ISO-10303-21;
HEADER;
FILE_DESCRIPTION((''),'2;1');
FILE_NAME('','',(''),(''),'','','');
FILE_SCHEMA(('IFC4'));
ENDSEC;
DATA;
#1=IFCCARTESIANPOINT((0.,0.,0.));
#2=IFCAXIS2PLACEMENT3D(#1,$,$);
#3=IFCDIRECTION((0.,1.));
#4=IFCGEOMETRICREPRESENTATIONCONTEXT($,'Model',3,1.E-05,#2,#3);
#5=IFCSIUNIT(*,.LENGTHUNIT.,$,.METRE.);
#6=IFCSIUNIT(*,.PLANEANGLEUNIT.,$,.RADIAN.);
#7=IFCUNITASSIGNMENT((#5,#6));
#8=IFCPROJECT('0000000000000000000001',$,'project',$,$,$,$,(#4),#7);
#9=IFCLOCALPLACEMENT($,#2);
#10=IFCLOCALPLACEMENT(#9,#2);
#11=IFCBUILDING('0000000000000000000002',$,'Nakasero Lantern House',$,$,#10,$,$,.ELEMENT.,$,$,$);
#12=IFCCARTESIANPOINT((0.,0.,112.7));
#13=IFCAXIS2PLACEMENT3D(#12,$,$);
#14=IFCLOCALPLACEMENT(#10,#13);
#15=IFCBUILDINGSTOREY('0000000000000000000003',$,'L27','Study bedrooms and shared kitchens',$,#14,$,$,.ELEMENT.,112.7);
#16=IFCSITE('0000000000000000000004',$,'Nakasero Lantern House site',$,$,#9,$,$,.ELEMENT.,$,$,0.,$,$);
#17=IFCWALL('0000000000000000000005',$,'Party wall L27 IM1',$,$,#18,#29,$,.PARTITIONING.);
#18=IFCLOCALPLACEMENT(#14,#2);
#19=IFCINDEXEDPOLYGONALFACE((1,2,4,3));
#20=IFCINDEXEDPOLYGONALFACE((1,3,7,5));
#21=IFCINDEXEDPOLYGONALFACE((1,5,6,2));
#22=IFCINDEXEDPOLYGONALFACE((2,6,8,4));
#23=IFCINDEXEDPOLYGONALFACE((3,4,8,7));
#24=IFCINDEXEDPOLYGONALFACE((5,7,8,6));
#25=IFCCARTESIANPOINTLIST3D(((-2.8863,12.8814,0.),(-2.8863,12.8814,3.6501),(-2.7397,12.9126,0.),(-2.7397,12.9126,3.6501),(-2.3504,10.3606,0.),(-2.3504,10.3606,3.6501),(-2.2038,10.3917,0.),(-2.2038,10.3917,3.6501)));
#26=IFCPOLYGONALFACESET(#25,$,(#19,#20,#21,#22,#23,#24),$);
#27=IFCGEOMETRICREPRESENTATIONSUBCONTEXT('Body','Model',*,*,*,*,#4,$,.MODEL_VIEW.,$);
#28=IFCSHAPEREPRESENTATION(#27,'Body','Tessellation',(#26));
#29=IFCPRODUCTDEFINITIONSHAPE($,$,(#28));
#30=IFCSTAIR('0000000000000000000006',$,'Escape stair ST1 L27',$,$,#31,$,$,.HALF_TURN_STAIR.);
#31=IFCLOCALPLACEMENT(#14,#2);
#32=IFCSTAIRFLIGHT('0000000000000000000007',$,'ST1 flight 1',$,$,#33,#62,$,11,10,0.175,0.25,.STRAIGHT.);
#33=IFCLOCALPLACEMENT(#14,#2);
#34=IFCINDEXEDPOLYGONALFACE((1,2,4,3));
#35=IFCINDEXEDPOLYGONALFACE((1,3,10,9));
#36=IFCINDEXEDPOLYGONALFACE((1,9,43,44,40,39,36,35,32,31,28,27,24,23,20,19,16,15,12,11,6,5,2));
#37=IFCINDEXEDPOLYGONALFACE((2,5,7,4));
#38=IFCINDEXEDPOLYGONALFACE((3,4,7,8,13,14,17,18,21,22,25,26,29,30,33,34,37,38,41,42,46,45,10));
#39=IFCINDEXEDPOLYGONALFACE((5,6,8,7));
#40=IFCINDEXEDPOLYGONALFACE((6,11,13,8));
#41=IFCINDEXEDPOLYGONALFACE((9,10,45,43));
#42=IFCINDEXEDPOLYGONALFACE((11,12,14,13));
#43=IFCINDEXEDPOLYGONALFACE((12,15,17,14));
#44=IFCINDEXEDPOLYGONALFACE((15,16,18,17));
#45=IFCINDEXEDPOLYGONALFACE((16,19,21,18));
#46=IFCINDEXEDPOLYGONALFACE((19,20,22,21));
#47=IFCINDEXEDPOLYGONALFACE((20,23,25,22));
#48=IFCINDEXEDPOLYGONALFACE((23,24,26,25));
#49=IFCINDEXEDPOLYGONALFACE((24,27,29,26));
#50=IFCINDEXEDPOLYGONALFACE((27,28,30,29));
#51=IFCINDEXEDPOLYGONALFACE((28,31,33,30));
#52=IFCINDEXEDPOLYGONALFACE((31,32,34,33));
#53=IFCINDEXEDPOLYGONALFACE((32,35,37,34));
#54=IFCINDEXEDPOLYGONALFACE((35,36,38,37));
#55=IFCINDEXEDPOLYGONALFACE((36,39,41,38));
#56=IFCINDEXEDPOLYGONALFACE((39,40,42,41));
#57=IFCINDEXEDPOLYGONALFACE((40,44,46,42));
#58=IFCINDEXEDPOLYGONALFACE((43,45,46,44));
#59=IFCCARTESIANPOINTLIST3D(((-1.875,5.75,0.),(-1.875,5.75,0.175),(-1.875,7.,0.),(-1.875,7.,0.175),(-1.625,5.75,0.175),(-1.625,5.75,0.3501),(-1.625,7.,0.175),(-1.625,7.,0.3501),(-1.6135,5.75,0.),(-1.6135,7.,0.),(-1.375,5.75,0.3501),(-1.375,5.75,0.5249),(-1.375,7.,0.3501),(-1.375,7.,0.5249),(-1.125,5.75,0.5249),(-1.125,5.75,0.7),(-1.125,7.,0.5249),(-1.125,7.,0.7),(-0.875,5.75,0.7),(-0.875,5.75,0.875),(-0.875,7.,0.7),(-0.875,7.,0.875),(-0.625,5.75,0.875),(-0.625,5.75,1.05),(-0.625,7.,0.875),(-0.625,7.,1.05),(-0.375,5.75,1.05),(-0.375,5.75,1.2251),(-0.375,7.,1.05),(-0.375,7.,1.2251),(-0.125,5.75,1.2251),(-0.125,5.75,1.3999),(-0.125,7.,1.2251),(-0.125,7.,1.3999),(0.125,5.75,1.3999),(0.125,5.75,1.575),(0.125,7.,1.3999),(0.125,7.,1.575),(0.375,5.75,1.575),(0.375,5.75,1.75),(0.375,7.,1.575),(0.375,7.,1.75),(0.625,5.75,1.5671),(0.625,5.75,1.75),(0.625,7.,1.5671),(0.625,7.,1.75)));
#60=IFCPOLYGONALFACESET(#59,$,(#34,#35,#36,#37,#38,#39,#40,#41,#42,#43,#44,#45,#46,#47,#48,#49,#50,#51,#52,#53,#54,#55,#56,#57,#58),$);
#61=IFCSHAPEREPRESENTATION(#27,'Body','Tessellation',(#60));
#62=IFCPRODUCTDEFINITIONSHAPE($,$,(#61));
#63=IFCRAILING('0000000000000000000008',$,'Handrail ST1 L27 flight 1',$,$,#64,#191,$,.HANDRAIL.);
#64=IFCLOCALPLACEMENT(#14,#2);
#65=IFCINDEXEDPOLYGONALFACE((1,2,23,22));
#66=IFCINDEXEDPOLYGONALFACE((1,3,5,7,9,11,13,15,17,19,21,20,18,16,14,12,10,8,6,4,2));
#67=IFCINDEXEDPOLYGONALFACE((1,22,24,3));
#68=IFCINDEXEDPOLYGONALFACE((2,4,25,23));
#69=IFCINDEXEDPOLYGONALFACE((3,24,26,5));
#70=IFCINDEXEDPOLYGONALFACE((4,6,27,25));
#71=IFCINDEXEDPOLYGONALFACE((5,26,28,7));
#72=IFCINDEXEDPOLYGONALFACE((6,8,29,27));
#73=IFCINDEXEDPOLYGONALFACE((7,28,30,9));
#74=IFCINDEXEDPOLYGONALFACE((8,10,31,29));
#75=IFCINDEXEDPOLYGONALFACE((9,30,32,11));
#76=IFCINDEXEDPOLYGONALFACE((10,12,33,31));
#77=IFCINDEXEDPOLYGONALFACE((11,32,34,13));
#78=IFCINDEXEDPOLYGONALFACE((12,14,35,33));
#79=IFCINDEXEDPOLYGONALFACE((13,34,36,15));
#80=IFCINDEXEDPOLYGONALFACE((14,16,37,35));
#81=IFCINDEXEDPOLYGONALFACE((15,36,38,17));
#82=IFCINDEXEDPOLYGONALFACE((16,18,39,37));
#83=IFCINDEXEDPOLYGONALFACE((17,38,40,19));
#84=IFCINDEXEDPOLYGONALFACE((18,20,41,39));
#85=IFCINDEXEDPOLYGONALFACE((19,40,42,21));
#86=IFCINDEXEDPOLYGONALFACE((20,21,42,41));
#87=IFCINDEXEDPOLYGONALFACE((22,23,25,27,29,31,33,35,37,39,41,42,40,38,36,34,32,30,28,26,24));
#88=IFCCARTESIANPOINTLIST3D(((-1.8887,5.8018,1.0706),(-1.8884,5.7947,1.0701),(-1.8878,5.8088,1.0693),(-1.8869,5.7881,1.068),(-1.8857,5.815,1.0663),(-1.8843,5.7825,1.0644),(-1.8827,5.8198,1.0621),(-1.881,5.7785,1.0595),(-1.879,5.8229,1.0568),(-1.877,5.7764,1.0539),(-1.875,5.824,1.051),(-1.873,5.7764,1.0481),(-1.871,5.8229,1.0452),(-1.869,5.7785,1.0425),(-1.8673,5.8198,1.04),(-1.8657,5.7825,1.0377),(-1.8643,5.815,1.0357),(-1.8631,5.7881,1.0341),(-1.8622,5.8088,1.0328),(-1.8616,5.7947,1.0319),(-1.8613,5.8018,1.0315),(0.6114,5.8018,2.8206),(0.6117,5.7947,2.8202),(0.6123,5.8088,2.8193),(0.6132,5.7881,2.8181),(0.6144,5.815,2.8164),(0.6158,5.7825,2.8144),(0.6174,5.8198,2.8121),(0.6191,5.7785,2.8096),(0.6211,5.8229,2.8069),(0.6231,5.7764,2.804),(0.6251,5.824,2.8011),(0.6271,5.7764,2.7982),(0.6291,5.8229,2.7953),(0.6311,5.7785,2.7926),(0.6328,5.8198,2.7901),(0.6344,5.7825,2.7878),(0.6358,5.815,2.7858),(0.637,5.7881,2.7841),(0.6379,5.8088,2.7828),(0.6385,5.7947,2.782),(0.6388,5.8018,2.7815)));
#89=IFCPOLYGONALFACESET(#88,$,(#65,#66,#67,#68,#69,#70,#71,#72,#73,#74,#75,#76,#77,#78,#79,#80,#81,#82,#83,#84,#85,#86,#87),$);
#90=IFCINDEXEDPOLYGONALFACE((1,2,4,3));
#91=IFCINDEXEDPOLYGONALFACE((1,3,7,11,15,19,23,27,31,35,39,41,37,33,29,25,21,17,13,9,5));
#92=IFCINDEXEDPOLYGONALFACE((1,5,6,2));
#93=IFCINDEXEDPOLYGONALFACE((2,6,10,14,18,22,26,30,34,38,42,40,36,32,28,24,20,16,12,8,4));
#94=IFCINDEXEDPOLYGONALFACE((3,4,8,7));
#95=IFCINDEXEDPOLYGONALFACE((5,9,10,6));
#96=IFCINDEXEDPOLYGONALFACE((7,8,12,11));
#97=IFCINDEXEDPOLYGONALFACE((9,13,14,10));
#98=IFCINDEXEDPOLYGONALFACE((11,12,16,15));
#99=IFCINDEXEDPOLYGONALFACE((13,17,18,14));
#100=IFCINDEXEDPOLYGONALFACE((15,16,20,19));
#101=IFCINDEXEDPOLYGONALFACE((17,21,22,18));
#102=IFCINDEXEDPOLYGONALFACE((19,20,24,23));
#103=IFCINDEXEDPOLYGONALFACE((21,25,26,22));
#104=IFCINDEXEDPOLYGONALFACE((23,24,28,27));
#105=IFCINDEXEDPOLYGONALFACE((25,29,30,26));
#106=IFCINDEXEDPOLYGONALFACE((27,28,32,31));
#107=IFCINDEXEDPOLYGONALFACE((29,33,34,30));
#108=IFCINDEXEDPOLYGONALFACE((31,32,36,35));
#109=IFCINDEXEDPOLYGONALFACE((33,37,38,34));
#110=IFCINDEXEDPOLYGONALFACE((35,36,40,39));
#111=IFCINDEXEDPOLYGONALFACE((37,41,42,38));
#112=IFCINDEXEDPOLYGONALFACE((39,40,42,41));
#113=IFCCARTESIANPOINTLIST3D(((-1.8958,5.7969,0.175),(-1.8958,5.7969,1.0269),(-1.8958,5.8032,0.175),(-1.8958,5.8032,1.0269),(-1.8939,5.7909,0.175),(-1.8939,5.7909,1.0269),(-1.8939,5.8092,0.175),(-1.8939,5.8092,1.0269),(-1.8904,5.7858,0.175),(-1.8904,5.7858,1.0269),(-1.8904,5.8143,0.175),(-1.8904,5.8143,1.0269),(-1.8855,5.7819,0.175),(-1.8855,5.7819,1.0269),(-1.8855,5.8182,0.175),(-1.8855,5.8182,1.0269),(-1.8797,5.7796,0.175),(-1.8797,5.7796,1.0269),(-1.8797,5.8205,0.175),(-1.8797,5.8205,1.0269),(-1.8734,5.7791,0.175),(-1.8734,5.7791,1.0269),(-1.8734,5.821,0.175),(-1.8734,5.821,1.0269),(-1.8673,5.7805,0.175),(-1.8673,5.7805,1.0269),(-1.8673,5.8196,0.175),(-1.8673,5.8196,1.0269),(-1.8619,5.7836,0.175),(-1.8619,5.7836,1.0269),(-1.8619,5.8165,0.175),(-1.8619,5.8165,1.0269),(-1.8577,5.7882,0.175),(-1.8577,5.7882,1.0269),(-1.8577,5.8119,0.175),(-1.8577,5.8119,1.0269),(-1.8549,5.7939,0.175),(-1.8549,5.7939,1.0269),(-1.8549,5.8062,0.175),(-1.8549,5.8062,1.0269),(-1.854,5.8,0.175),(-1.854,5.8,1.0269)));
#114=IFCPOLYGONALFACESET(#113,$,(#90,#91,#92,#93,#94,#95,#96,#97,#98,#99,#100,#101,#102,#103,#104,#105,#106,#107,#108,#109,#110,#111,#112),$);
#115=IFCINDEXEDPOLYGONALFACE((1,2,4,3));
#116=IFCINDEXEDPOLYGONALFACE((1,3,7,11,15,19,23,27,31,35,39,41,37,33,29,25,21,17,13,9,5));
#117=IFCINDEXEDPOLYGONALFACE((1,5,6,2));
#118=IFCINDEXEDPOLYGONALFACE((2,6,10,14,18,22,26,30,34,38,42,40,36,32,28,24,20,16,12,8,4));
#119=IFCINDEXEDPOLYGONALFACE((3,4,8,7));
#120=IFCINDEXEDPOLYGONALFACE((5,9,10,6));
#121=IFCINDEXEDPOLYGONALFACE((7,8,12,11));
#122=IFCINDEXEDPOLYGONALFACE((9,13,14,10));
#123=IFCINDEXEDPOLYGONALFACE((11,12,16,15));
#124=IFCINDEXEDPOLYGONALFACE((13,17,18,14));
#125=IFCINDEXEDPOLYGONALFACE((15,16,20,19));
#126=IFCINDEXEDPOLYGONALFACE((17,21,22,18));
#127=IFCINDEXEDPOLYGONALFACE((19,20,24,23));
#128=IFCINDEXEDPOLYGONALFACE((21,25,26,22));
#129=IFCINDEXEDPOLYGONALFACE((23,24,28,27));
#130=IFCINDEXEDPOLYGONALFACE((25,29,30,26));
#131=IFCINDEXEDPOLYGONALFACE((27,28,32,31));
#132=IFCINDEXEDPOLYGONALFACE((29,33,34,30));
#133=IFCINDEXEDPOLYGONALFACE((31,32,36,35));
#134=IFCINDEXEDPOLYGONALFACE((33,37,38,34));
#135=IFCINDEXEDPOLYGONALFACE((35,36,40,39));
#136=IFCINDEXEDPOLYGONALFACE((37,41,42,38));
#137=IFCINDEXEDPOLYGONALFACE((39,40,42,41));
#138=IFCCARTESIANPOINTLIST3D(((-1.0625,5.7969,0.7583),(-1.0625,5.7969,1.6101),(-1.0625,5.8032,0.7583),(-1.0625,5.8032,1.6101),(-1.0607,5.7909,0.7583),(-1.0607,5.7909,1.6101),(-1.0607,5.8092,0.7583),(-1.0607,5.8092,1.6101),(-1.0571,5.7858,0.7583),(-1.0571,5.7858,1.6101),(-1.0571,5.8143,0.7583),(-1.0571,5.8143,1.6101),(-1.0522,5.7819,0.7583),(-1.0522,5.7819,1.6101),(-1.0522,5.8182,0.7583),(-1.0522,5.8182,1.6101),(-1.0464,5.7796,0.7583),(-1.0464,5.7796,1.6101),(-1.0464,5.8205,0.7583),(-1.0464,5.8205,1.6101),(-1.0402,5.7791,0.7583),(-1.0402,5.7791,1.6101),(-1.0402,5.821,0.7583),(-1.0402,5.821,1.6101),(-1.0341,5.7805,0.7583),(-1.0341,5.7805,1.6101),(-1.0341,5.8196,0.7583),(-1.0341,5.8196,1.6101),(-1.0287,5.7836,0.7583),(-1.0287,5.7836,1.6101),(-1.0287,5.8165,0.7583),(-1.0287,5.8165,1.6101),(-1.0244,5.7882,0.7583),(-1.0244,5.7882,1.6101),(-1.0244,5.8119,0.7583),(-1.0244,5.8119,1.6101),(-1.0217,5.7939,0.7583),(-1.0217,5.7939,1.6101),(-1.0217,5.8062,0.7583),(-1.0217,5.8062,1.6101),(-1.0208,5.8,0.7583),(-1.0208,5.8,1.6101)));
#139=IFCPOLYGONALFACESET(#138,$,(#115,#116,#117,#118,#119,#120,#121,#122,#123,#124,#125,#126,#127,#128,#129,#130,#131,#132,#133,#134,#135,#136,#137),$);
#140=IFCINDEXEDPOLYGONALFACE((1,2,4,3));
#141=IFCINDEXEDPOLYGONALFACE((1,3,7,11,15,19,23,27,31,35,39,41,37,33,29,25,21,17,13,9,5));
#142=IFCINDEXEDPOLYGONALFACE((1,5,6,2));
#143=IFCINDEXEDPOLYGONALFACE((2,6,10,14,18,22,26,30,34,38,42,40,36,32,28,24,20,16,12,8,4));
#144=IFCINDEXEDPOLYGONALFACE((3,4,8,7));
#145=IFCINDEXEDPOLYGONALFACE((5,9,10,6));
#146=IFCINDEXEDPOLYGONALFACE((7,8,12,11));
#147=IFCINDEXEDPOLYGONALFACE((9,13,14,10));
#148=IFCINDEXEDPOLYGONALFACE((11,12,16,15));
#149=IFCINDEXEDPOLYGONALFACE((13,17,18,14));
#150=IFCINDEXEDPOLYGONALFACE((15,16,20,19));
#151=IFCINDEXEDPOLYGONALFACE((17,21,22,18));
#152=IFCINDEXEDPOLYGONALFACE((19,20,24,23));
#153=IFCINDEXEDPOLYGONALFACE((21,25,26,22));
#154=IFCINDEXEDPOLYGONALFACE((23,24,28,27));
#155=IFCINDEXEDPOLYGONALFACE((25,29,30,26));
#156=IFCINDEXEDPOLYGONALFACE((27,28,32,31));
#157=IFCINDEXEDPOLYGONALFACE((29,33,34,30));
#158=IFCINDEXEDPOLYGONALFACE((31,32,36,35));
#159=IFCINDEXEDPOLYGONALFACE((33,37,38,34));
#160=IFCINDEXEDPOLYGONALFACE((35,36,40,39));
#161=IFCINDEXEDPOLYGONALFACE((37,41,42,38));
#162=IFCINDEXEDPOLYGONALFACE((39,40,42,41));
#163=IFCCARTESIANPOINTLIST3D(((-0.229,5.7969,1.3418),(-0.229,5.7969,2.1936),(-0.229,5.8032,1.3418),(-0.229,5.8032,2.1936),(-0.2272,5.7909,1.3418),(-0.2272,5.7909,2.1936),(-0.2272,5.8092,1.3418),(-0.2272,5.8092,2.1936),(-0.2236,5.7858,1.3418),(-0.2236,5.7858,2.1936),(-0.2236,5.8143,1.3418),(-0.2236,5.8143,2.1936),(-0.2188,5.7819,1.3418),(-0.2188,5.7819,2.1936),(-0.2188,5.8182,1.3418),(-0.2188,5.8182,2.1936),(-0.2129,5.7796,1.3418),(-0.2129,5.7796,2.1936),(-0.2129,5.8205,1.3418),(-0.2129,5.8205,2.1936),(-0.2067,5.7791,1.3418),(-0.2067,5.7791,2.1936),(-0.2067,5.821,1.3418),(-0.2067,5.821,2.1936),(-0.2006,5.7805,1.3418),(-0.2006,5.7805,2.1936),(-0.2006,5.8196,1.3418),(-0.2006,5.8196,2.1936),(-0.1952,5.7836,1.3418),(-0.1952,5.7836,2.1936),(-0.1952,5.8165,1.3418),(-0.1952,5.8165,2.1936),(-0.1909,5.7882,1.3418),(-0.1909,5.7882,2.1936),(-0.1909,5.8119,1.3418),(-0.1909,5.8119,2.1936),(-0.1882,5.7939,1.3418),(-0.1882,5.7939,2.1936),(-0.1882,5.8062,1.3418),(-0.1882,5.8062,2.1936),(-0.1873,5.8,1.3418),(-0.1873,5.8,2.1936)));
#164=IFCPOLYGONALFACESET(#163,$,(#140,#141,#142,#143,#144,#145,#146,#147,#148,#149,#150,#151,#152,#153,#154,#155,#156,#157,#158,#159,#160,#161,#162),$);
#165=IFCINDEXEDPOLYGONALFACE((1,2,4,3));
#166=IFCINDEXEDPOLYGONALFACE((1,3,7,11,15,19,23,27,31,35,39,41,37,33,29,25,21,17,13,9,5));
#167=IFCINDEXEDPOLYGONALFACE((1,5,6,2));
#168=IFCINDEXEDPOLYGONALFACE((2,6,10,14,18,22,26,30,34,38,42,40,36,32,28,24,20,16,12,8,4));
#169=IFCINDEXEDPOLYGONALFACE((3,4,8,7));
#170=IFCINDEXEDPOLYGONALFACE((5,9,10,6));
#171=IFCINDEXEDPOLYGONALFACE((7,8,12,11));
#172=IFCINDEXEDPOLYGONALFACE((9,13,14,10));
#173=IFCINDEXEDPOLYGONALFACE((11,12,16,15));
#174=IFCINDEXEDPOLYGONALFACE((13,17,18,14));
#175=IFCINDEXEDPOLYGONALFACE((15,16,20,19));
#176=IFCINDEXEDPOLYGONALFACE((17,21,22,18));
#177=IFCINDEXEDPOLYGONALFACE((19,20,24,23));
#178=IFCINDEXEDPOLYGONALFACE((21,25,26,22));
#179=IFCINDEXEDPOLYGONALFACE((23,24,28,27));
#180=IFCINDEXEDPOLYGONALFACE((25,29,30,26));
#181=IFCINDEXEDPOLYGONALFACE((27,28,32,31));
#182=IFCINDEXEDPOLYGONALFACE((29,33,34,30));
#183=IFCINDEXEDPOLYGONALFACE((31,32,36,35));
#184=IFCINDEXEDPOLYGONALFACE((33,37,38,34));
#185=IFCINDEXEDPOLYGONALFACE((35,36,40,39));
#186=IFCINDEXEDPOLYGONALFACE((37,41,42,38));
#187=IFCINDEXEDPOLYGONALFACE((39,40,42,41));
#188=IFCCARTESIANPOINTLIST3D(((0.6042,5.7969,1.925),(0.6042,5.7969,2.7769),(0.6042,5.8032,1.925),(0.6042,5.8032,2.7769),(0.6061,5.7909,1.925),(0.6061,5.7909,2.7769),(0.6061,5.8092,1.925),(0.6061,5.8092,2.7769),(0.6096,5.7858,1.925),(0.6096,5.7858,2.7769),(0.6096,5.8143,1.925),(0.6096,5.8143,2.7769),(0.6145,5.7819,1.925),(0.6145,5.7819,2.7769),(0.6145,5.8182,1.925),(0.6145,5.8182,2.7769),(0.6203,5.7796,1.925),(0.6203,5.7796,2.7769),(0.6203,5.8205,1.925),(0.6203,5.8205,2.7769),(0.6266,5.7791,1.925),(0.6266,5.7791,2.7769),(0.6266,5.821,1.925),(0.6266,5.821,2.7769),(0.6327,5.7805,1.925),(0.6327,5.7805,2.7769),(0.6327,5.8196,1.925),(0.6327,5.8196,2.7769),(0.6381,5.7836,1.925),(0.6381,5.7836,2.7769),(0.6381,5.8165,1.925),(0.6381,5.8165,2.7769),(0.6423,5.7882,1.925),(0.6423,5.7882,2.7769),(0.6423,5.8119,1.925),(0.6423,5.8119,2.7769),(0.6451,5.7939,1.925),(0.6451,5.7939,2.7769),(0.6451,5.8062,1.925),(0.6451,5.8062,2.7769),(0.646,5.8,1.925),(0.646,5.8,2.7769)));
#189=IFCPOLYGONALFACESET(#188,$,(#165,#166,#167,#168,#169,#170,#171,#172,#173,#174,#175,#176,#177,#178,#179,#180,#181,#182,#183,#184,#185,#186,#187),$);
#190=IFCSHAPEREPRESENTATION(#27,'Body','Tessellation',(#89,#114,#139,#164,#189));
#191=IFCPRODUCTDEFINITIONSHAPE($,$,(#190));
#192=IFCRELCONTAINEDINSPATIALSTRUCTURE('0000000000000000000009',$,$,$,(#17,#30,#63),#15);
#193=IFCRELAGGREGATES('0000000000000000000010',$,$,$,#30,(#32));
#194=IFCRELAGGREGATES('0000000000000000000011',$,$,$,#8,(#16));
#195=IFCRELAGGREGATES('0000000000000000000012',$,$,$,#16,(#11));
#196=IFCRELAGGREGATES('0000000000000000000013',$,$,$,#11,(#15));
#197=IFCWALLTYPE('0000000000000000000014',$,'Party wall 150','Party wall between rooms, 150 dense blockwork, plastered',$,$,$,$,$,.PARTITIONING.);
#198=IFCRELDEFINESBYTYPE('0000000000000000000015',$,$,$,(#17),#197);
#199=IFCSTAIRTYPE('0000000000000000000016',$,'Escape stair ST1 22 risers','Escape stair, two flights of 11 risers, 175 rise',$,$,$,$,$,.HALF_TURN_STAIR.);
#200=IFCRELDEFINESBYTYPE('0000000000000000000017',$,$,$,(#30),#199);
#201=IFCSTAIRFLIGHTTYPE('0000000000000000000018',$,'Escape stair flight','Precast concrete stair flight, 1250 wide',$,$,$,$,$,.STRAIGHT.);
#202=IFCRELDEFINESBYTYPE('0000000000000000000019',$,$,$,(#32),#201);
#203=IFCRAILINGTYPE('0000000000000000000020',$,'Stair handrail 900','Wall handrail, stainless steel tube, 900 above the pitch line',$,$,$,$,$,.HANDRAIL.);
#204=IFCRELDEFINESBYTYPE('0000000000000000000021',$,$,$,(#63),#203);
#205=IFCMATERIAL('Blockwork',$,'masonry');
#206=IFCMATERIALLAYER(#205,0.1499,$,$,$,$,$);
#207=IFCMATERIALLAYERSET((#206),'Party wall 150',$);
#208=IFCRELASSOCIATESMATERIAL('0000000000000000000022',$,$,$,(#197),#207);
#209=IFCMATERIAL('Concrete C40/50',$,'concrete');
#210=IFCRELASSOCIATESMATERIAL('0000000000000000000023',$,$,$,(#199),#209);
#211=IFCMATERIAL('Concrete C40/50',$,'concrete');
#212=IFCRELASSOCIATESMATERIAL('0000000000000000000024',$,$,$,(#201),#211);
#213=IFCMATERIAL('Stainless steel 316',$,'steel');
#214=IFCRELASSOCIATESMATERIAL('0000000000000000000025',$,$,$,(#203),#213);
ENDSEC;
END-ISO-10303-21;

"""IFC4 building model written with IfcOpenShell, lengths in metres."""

from ifc_helpers import new_model, si_unit, direction, frame, frame_2d, origin, origin_2d, place, context, subcontext, project, spatial, polyline, rectangle, circle, outline, extrude, material, layer, layer_set, type_object, element, aggregate, save


model = new_model("IFC4")

# Units and contexts
model_context = context("Model", 3, precision=1e-05, world=origin(), true_north=direction((0.0, 1.0)))
body_context = subcontext(model_context, "Body", "Model", "MODEL_VIEW")
ifc_project = project(units=[si_unit("LENGTHUNIT", "METRE"), si_unit("PLANEANGLEUNIT", "RADIAN")], contexts=[model_context])

# Site, building, storey
site_placement = place(None, origin())
site = spatial("IfcSite", under=ifc_project, at=site_placement, Name="Nakasero Lantern House site", CompositionType="ELEMENT", RefElevation=0.0)
building_placement = place(site_placement, origin())
building = spatial("IfcBuilding", under=site, at=building_placement, Name="Nakasero Lantern House", CompositionType="ELEMENT")
storey_placement = place(building_placement, frame((0.0, 0.0, 112.7)))
storey = spatial("IfcBuildingStorey", under=building, at=storey_placement, Name="L27", Description="Study bedrooms and shared kitchens", CompositionType="ELEMENT", Elevation=112.7)

# Wall
ifc_material_1 = material(Name="Blockwork", Category="masonry")
ifc_layer_1 = layer(ifc_material_1, 0.1499)
ifc_layer_set_1 = layer_set([ifc_layer_1], Name="Party wall 150")
wall_type_1 = type_object("IfcWallType", Name="Party wall 150", Description="Party wall between rooms, 150 dense blockwork, plastered", PredefinedType="PARTITIONING", material=ifc_layer_set_1)
wall_1_placement = place(storey_placement, frame((-2.813, 12.897, 0.0), z_axis=(0.0, 0.0, 1.0), x_axis=(0.207944, -0.978141, 0.0)))
element("IfcWall", 1, at=wall_1_placement, inside=storey, type_object=wall_type_1, Name="Party wall L27 IM1", PredefinedType="PARTITIONING", context=body_context, shape_type="SweptSolid", body=[
    extrude(rectangle(XDim=2.5771, YDim=0.1499, at=frame_2d((1.2886, 0.0))), origin(), (0.0, 0.0, 1.0), 3.6501),
])

# Stair, stair flight
ifc_material_2 = material(Name="Concrete C40/50", Category="concrete")
stair_type = type_object("IfcStairType", Name="Escape stair ST1 22 risers", Description="Escape stair, two flights of 11 risers, 175 rise", PredefinedType="HALF_TURN_STAIR", material=ifc_material_2)
stair_placement = place(storey_placement, origin())
stair = element("IfcStair", 2, at=stair_placement, inside=storey, type_object=stair_type, Name="Escape stair ST1 L27", PredefinedType="HALF_TURN_STAIR")
ifc_material_3 = material(Name="Concrete C40/50", Category="concrete")
stair_flight_type = type_object("IfcStairFlightType", Name="Escape stair flight", Description="Precast concrete stair flight, 1250 wide", PredefinedType="STRAIGHT", material=ifc_material_3)
stair_flight_placement = place(storey_placement, frame((-1.875, 6.375, 0.0), z_axis=(0.0, 0.0, 1.0), x_axis=(1.0, 0.0, 0.0)))
stair_flight = element("IfcStairFlight", 3, at=stair_flight_placement, type_object=stair_flight_type, Name="ST1 flight 1", NumberOfRisers=11, NumberOfTreads=10, PredefinedType="STRAIGHT", RiserHeight=0.175, TreadLength=0.25, context=body_context, shape_type="SweptSolid", body=[
    extrude(outline(polyline([(0.0, 0.0), (0.0, 0.175), (0.25, 0.175), (0.25, 0.3501), (0.5, 0.3501), (0.5, 0.5249), (0.75, 0.5249), (0.75, 0.7), (1.0, 0.7), (1.0, 0.875), (1.25, 0.875), (1.25, 1.05), (1.5, 1.05), (1.5, 1.2251), (1.75, 1.2251), (1.75, 1.3999), (2.0, 1.3999), (2.0, 1.575), (2.25, 1.575), (2.25, 1.75), (2.5, 1.75), (2.5, 1.925), (2.5, 1.5671), (0.2615, 0.0), (0.0, 0.0)])), frame((0.0, 0.625, 0.0), z_axis=(0.0, -1.0, 0.0), x_axis=(1.0, 0.0, 0.0)), (0.0, 0.0, 1.0), 1.25),
])
aggregate(stair, [stair_flight])

# Railing
ifc_material_4 = material(Name="Stainless steel 316", Category="steel")
railing_type = type_object("IfcRailingType", Name="Stair handrail 900", Description="Wall handrail, stainless steel tube, 900 above the pitch line", PredefinedType="HANDRAIL", material=ifc_material_4)
railing_placement = place(storey_placement, frame((-1.875, 5.8, 0.175)))
element("IfcRailing", 4, at=railing_placement, inside=storey, type_object=railing_type, Name="Handrail ST1 L27 flight 1", PredefinedType="HANDRAIL", context=body_context, shape_type="SweptSolid", body=[
    extrude(circle(Radius=0.0239, at=origin_2d()), frame((0.0, 0.0, 0.876), z_axis=(0.819232, 0.0, 0.573462), x_axis=(0.0, 1.0, 0.0)), (0.0, 0.0, 1.0), 3.0518),
    extrude(circle(Radius=0.021, at=origin_2d()), origin(), (0.0, 0.0, 1.0), 0.8518),
    extrude(circle(Radius=0.021, at=origin_2d()), frame((0.8333, 0.0, 0.5833)), (0.0, 0.0, 1.0), 0.8518),
    extrude(circle(Radius=0.021, at=origin_2d()), frame((1.6667, 0.0, 1.1667)), (0.0, 0.0, 1.0), 0.8518),
    extrude(circle(Radius=0.021, at=origin_2d()), frame((2.5, 0.0, 1.75)), (0.0, 0.0, 1.0), 0.8518),
])

save(model, "model.ifc")
